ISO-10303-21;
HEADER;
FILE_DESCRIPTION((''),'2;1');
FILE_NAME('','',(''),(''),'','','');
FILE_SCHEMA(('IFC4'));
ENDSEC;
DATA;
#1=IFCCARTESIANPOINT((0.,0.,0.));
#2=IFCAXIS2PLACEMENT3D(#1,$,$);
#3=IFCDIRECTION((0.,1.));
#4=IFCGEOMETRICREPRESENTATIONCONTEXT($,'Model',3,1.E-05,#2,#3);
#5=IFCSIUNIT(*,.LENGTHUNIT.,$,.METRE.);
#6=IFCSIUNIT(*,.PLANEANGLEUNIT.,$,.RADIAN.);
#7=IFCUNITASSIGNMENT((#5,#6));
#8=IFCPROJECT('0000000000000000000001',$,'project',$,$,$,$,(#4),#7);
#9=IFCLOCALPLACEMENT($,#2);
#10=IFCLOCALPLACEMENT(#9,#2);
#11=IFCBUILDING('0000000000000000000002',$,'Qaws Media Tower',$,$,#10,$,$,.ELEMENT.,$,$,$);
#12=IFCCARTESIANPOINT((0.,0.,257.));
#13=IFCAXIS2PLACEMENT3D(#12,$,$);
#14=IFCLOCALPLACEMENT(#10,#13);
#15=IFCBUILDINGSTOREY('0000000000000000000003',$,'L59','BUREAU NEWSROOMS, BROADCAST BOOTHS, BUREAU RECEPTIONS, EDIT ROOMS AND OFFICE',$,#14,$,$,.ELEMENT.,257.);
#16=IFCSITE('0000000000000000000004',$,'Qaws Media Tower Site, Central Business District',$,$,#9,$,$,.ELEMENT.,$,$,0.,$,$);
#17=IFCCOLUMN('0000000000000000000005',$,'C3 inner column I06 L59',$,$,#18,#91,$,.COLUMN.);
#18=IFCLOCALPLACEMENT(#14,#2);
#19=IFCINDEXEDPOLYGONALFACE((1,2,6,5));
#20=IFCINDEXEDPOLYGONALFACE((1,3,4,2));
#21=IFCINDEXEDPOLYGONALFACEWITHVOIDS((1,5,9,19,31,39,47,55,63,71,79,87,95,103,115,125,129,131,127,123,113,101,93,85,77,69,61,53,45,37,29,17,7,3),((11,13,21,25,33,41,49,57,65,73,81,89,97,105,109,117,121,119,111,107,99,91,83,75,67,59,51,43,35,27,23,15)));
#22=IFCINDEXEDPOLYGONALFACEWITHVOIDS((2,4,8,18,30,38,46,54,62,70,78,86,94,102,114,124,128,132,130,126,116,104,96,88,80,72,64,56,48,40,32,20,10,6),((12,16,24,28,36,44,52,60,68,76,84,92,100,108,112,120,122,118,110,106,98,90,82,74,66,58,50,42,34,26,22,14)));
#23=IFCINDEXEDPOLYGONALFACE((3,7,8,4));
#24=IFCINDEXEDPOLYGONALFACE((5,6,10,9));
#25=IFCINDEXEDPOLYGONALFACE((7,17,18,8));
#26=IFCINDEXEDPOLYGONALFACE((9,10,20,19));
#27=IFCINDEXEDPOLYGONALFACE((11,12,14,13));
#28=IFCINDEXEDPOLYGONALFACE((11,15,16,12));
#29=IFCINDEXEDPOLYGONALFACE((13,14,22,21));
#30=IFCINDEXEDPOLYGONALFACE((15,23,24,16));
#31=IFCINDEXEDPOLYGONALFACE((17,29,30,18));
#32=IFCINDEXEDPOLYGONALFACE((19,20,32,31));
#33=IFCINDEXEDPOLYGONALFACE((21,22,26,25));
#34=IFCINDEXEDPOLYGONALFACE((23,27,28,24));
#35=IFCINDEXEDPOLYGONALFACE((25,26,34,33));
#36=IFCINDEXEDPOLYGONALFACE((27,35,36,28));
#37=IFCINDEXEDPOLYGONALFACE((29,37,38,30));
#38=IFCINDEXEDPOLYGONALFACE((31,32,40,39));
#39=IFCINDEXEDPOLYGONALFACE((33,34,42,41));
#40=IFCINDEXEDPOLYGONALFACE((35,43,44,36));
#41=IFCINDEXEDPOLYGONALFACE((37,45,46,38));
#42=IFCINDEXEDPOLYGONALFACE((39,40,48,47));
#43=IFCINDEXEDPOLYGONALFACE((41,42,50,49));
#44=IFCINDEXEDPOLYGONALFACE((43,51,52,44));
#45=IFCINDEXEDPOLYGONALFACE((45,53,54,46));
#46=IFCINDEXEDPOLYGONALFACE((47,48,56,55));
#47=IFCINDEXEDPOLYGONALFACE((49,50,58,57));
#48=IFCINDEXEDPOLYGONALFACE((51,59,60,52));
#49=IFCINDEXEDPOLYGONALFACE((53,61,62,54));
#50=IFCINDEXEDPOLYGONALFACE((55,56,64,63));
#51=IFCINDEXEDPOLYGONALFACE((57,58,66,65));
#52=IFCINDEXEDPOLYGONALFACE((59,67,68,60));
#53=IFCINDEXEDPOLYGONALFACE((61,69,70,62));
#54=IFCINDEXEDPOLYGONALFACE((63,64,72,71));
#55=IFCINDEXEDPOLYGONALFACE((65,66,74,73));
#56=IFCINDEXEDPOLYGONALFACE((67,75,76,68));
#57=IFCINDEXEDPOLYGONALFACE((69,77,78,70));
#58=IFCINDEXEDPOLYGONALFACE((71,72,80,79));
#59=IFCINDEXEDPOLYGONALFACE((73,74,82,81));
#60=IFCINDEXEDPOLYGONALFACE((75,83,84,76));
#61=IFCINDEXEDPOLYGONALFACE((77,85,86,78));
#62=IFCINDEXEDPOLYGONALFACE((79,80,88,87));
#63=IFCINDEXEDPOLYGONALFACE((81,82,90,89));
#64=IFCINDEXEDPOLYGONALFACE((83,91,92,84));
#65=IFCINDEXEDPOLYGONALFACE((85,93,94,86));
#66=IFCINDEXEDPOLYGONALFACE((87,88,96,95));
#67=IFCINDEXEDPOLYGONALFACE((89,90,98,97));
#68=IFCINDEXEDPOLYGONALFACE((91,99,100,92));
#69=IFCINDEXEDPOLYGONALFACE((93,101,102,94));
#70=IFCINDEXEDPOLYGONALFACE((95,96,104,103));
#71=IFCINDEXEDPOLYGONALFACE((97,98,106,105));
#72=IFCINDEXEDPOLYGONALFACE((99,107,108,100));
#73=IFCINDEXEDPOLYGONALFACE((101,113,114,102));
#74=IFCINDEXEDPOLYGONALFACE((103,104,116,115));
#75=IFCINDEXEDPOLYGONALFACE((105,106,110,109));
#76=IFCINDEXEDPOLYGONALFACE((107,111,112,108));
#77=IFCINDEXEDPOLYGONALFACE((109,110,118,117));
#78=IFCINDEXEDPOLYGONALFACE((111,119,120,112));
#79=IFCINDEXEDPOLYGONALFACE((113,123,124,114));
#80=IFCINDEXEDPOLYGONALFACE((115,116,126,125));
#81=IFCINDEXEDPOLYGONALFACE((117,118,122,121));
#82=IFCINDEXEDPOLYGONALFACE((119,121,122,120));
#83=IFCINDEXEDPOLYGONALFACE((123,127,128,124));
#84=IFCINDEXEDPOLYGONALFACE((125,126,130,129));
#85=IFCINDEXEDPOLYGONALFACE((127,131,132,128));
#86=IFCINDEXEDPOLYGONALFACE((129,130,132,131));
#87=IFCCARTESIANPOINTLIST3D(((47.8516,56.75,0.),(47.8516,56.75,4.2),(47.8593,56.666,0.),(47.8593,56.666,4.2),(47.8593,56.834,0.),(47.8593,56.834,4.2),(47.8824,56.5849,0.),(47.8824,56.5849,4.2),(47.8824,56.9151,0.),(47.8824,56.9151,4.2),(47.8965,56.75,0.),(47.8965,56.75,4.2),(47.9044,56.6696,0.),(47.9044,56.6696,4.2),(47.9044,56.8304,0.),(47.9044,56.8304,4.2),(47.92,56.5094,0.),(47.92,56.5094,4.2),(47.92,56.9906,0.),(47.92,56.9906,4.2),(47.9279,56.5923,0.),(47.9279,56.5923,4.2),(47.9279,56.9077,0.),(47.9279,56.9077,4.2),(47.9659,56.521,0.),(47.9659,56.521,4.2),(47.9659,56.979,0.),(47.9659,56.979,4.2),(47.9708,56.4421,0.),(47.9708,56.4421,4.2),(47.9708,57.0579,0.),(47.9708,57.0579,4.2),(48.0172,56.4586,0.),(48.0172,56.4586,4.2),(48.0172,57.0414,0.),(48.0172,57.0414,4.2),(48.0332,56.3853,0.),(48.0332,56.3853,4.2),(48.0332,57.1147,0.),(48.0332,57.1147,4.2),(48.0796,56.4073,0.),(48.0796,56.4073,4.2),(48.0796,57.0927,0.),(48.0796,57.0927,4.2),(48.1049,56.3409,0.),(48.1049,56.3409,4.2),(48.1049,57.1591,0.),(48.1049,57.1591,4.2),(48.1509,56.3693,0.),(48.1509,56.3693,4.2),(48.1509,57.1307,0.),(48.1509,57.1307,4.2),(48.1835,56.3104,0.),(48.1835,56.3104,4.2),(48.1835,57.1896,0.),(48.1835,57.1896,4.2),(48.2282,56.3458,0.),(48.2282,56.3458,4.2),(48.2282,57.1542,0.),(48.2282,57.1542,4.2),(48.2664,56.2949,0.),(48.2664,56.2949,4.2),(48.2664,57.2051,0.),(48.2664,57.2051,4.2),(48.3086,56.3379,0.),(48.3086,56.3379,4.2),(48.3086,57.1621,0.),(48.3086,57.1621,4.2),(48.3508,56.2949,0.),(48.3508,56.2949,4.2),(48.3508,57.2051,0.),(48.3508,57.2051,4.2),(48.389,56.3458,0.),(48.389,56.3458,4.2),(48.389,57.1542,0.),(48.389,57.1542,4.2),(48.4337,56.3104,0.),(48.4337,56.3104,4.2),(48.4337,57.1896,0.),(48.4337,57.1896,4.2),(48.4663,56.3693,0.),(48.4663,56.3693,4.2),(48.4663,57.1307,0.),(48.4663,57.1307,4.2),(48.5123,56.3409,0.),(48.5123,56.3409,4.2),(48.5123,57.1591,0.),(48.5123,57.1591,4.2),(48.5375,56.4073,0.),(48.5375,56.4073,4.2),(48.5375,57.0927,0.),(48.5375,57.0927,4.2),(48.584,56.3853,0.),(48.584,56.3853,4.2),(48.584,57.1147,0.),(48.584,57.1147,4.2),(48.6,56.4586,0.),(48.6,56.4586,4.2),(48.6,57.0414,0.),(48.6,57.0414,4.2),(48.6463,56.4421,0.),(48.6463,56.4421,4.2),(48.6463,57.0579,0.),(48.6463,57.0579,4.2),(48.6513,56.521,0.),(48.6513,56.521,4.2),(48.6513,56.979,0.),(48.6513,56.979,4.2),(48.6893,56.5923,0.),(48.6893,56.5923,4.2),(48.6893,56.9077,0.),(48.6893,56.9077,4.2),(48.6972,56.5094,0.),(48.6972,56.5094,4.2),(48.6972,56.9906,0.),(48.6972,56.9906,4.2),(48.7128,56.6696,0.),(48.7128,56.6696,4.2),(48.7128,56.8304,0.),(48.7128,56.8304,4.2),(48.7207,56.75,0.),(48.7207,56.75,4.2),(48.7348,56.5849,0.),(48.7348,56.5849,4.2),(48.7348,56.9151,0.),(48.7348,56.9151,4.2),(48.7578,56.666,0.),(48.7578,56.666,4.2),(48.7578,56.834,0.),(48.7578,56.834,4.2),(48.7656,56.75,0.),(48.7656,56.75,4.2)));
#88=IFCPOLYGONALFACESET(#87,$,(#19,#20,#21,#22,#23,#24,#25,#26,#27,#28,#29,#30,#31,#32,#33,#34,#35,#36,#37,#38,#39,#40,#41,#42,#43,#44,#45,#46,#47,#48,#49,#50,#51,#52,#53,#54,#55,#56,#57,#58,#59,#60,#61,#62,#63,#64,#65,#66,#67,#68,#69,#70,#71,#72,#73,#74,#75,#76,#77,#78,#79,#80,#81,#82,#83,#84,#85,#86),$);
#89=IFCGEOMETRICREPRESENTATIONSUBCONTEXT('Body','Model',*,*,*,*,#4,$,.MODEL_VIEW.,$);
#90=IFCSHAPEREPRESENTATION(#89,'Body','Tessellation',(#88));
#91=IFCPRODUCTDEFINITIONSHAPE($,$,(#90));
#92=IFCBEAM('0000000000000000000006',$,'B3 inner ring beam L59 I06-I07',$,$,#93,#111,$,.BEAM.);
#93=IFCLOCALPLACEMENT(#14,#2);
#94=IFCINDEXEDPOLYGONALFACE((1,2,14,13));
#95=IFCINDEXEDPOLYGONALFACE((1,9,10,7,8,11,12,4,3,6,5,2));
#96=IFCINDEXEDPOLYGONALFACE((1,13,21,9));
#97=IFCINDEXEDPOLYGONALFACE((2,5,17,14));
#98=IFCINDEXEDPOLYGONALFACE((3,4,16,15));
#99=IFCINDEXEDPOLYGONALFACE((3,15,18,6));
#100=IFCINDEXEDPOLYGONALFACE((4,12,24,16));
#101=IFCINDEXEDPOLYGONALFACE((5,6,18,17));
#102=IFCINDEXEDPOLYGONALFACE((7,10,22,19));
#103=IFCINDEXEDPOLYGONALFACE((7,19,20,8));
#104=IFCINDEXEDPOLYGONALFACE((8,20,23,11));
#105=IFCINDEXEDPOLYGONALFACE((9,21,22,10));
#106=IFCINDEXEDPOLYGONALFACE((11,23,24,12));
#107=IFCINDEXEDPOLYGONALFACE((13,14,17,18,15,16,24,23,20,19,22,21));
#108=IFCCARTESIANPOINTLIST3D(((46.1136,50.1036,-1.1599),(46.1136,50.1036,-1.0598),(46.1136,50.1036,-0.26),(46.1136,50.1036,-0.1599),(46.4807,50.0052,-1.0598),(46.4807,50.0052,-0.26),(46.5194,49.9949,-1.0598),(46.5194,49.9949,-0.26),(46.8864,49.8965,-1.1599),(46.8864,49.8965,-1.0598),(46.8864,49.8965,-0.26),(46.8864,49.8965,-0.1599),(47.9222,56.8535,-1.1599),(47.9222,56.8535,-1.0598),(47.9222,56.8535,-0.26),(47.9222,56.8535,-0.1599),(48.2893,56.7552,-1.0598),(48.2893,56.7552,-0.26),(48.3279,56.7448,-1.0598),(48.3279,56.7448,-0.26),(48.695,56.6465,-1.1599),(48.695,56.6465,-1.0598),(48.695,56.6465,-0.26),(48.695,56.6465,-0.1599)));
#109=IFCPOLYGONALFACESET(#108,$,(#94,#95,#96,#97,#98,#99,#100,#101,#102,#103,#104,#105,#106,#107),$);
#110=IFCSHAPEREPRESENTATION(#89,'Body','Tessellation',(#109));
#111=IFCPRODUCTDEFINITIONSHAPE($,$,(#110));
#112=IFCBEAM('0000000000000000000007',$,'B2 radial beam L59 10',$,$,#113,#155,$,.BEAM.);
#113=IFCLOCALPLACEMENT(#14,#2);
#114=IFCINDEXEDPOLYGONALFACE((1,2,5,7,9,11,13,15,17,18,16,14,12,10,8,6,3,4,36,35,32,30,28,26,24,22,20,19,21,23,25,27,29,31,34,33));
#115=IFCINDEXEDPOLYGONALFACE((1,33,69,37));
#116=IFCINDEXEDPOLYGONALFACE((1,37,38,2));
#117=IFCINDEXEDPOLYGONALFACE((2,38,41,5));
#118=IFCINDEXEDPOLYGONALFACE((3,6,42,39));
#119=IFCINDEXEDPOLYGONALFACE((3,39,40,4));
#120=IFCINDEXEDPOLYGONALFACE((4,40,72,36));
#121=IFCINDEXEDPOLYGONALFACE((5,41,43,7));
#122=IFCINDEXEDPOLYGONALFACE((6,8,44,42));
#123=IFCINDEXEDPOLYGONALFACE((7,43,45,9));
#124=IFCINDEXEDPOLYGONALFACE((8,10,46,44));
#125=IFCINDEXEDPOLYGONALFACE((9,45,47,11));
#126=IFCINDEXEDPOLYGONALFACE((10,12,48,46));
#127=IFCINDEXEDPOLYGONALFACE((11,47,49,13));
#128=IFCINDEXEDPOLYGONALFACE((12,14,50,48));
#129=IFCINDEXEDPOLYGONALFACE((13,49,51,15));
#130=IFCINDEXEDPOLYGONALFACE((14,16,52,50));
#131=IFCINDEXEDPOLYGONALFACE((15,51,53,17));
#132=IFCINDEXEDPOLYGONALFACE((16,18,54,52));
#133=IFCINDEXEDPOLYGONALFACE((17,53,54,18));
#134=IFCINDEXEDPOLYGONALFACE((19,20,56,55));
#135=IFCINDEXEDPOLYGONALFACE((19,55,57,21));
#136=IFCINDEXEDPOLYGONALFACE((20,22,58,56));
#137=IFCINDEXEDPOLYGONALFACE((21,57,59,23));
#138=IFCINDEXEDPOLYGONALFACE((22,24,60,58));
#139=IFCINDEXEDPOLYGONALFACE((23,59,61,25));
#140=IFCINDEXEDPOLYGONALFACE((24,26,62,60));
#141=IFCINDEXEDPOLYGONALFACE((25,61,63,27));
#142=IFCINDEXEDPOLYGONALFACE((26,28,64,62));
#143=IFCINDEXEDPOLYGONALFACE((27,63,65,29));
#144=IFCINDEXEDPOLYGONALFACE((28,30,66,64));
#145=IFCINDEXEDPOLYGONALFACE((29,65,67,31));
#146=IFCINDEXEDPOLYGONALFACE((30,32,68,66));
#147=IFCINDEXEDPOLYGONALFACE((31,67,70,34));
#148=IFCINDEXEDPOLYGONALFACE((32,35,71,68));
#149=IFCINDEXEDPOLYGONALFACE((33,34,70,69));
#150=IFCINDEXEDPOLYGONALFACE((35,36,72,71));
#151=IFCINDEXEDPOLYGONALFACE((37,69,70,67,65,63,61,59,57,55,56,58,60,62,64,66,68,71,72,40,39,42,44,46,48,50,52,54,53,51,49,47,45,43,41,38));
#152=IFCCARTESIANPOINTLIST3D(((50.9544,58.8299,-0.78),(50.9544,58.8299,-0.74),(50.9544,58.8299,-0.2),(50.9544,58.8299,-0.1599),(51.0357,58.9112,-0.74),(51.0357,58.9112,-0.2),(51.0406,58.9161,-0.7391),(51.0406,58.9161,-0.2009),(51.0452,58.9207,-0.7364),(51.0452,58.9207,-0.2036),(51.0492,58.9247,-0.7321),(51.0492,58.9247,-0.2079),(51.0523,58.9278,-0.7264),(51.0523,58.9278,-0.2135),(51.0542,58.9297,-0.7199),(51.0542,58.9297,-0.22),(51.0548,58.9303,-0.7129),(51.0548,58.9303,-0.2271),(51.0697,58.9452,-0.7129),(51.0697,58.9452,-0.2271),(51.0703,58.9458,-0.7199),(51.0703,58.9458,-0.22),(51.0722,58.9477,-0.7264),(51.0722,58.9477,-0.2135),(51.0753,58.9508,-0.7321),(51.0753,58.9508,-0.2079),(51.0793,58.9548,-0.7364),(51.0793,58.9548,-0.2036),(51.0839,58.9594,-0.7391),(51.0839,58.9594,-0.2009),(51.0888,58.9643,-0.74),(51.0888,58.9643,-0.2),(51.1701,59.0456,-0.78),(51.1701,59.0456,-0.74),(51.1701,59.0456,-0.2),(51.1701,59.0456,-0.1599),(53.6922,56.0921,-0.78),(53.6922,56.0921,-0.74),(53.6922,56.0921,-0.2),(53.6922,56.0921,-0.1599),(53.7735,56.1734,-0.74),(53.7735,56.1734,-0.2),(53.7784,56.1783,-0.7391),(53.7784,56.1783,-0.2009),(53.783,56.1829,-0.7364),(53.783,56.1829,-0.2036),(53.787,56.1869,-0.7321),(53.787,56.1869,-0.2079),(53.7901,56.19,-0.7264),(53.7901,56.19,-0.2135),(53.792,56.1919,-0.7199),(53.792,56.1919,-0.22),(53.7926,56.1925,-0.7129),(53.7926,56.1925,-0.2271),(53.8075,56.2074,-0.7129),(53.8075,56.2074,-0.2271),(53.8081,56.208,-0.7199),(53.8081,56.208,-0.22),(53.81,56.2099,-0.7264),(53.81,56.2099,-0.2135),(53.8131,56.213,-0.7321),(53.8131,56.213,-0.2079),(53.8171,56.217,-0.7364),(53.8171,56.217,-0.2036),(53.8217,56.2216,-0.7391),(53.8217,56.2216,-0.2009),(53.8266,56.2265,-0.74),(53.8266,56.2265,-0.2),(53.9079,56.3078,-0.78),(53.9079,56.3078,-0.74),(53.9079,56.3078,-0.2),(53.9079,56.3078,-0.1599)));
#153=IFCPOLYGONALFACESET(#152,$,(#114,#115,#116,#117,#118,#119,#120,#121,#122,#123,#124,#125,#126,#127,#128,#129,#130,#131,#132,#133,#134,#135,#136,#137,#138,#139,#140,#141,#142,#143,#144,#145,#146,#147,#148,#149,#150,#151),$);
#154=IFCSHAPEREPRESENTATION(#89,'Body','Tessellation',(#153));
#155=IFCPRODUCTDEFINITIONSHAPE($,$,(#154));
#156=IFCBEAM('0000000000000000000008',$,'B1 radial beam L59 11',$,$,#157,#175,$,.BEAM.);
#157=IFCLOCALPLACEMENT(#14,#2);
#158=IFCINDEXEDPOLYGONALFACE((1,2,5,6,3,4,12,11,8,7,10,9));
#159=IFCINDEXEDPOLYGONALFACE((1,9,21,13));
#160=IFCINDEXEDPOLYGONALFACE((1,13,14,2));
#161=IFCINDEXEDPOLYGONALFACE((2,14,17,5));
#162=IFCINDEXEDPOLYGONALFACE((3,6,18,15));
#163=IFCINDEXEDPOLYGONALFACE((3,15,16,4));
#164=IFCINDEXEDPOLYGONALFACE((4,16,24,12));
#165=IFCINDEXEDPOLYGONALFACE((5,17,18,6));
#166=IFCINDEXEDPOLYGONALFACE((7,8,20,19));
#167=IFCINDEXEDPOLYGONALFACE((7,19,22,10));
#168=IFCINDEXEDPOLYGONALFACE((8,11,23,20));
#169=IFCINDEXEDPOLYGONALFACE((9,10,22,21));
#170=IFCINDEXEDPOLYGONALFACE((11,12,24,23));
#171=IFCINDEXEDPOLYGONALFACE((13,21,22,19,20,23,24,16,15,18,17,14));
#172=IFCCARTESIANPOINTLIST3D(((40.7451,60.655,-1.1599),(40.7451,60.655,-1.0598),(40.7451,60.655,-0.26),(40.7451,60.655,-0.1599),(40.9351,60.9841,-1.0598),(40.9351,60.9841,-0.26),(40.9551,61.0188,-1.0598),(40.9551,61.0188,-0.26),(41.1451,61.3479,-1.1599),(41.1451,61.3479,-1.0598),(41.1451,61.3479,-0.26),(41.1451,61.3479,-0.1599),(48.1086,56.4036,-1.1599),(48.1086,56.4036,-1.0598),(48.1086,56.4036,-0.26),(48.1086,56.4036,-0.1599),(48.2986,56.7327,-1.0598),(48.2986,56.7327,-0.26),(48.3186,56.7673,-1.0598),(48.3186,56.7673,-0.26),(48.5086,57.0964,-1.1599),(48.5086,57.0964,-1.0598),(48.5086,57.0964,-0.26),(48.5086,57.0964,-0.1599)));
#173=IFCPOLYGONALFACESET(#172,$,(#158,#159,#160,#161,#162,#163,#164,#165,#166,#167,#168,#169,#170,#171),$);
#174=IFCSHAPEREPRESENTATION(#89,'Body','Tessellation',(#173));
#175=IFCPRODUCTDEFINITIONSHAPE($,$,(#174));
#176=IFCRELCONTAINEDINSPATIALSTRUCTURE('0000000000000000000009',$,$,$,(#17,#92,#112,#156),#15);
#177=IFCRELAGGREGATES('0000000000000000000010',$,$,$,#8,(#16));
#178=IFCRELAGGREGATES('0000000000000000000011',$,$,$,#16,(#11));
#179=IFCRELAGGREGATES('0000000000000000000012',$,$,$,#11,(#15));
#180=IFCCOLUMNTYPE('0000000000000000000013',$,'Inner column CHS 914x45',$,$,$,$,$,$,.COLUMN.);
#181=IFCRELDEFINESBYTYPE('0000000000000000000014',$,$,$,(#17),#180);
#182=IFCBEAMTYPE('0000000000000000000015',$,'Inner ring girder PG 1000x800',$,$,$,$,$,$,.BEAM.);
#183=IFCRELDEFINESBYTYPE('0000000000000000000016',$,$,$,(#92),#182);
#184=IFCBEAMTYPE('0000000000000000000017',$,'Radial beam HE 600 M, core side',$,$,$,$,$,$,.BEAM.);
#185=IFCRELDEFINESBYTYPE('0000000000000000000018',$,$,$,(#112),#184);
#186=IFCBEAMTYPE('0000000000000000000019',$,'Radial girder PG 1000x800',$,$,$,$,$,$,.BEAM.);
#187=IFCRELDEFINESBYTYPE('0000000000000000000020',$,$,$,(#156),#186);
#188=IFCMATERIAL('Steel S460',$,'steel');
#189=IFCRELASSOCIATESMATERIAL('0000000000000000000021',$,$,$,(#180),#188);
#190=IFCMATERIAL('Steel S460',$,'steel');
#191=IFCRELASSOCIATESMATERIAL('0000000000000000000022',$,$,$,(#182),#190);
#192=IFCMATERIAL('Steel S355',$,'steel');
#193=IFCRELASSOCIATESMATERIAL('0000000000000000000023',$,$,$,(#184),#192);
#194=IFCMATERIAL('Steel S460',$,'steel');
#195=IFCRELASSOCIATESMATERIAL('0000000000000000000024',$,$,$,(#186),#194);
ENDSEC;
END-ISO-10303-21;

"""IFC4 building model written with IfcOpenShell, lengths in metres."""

from ifc_helpers import new_model, si_unit, direction, frame, origin, origin_2d, place, context, subcontext, project, spatial, hollow_circle, i_section, extrude, material, material_profile, profile_set, type_object, element, save


model = new_model("IFC4")

# Units and contexts
model_context = context("Model", 3, precision=1e-05, world=origin(), true_north=direction((0.0, 1.0)))
body_context = subcontext(model_context, "Body", "Model", "MODEL_VIEW")
ifc_project = project(units=[si_unit("LENGTHUNIT", "METRE"), si_unit("PLANEANGLEUNIT", "RADIAN")], contexts=[model_context])

# Site, building, storey
site_placement = place(None, origin())
site = spatial("IfcSite", under=ifc_project, at=site_placement, Name="Qaws Media Tower Site, Central Business District", CompositionType="ELEMENT", RefElevation=0.0)
building_placement = place(site_placement, origin())
building = spatial("IfcBuilding", under=site, at=building_placement, Name="Qaws Media Tower", CompositionType="ELEMENT")
storey_placement = place(building_placement, frame((0.0, 0.0, 257.0)))
storey = spatial("IfcBuildingStorey", under=building, at=storey_placement, Name="L59", Description="BUREAU NEWSROOMS, BROADCAST BOOTHS, BUREAU RECEPTIONS, EDIT ROOMS AND OFFICE", CompositionType="ELEMENT", Elevation=257.0)

# Column
ifc_material_1 = material(Name="Steel S460", Category="steel")
ifc_material_profile_1 = material_profile(ifc_material_1, hollow_circle(Radius=0.457, WallThickness=0.0449, at=origin_2d()), Name="CHS 914x45")
ifc_profile_set_1 = profile_set([ifc_material_profile_1], Name="Steel S460")
column_type = type_object("IfcColumnType", Name="Inner column CHS 914x45", PredefinedType="COLUMN", material=ifc_profile_set_1)
column_placement = place(storey_placement, frame((48.3086, 56.75, 0.0), z_axis=(0.0, 0.0, 1.0), x_axis=(1.0, 0.0, 0.0)))
element("IfcColumn", 1, at=column_placement, inside=storey, type_object=column_type, Name="C3 inner column I06 L59", PredefinedType="COLUMN", context=body_context, shape_type="SweptSolid", body=[
    extrude(hollow_circle(Radius=0.457, WallThickness=0.0449, at=origin_2d()), origin(), (0.0, 0.0, 1.0), 4.2),
])

# Beams
ifc_material_2 = material(Name="Steel S460", Category="steel")
ifc_material_profile_2 = material_profile(ifc_material_2, i_section(OverallWidth=0.8, OverallDepth=1.0, WebThickness=0.04, FlangeThickness=0.1001, at=origin_2d()), Name="PG 1000x800")
ifc_profile_set_2 = profile_set([ifc_material_profile_2], Name="Steel S460")
beam_type_1 = type_object("IfcBeamType", Name="Inner ring girder PG 1000x800", PredefinedType="BEAM", material=ifc_profile_set_2)
beam_1_placement = place(storey_placement, frame((48.3086, 56.75, -0.6599), z_axis=(-0.258811, -0.965928, 0.0), x_axis=(0.965928, -0.258811, 0.0)))
element("IfcBeam", 2, at=beam_1_placement, inside=storey, type_object=beam_type_1, Name="B3 inner ring beam L59 I06-I07", PredefinedType="BEAM", context=body_context, shape_type="SweptSolid", body=[
    extrude(i_section(OverallWidth=0.8, OverallDepth=1.0, WebThickness=0.04, FlangeThickness=0.1001, at=origin_2d()), origin(), (0.0, 0.0, 1.0), 6.988),
])
ifc_material_3 = material(Name="Steel S355", Category="steel")
ifc_material_profile_3 = material_profile(ifc_material_3, i_section(OverallWidth=0.3049, OverallDepth=0.6201, WebThickness=0.021, FlangeThickness=0.04, FilletRadius=0.0271, at=origin_2d()), Name="HE 600 M")
ifc_profile_set_3 = profile_set([ifc_material_profile_3], Name="Steel S355")
beam_type_2 = type_object("IfcBeamType", Name="Radial beam HE 600 M, core side", PredefinedType="BEAM", material=ifc_profile_set_3)
beam_2_placement = place(storey_placement, frame((53.8, 56.2, -0.47), z_axis=(-0.707107, 0.707107, 0.0), x_axis=(-0.707107, -0.707107, 0.0)))
element("IfcBeam", 3, at=beam_2_placement, inside=storey, type_object=beam_type_2, Name="B2 radial beam L59 10", PredefinedType="BEAM", context=body_context, shape_type="SweptSolid", body=[
    extrude(i_section(OverallWidth=0.3049, OverallDepth=0.6201, WebThickness=0.021, FlangeThickness=0.04, FilletRadius=0.0271, at=origin_2d()), origin(), (0.0, 0.0, 1.0), 3.8718),
])
ifc_material_4 = material(Name="Steel S460", Category="steel")
ifc_material_profile_4 = material_profile(ifc_material_4, i_section(OverallWidth=0.8, OverallDepth=1.0, WebThickness=0.04, FlangeThickness=0.1001, at=origin_2d()), Name="PG 1000x800")
ifc_profile_set_4 = profile_set([ifc_material_profile_4], Name="Steel S460")
beam_type_3 = type_object("IfcBeamType", Name="Radial girder PG 1000x800", PredefinedType="BEAM", material=ifc_profile_set_4)
beam_3_placement = place(storey_placement, frame((48.3086, 56.75, -0.6599), z_axis=(-0.866019, 0.500012, 0.0), x_axis=(-0.500012, -0.866019, 0.0)))
element("IfcBeam", 4, at=beam_3_placement, inside=storey, type_object=beam_type_3, Name="B1 radial beam L59 11", PredefinedType="BEAM", context=body_context, shape_type="SweptSolid", body=[
    extrude(i_section(OverallWidth=0.8, OverallDepth=1.0, WebThickness=0.04, FlangeThickness=0.1001, at=origin_2d()), origin(), (0.0, 0.0, 1.0), 8.5027),
])

save(model, "model.ifc")
